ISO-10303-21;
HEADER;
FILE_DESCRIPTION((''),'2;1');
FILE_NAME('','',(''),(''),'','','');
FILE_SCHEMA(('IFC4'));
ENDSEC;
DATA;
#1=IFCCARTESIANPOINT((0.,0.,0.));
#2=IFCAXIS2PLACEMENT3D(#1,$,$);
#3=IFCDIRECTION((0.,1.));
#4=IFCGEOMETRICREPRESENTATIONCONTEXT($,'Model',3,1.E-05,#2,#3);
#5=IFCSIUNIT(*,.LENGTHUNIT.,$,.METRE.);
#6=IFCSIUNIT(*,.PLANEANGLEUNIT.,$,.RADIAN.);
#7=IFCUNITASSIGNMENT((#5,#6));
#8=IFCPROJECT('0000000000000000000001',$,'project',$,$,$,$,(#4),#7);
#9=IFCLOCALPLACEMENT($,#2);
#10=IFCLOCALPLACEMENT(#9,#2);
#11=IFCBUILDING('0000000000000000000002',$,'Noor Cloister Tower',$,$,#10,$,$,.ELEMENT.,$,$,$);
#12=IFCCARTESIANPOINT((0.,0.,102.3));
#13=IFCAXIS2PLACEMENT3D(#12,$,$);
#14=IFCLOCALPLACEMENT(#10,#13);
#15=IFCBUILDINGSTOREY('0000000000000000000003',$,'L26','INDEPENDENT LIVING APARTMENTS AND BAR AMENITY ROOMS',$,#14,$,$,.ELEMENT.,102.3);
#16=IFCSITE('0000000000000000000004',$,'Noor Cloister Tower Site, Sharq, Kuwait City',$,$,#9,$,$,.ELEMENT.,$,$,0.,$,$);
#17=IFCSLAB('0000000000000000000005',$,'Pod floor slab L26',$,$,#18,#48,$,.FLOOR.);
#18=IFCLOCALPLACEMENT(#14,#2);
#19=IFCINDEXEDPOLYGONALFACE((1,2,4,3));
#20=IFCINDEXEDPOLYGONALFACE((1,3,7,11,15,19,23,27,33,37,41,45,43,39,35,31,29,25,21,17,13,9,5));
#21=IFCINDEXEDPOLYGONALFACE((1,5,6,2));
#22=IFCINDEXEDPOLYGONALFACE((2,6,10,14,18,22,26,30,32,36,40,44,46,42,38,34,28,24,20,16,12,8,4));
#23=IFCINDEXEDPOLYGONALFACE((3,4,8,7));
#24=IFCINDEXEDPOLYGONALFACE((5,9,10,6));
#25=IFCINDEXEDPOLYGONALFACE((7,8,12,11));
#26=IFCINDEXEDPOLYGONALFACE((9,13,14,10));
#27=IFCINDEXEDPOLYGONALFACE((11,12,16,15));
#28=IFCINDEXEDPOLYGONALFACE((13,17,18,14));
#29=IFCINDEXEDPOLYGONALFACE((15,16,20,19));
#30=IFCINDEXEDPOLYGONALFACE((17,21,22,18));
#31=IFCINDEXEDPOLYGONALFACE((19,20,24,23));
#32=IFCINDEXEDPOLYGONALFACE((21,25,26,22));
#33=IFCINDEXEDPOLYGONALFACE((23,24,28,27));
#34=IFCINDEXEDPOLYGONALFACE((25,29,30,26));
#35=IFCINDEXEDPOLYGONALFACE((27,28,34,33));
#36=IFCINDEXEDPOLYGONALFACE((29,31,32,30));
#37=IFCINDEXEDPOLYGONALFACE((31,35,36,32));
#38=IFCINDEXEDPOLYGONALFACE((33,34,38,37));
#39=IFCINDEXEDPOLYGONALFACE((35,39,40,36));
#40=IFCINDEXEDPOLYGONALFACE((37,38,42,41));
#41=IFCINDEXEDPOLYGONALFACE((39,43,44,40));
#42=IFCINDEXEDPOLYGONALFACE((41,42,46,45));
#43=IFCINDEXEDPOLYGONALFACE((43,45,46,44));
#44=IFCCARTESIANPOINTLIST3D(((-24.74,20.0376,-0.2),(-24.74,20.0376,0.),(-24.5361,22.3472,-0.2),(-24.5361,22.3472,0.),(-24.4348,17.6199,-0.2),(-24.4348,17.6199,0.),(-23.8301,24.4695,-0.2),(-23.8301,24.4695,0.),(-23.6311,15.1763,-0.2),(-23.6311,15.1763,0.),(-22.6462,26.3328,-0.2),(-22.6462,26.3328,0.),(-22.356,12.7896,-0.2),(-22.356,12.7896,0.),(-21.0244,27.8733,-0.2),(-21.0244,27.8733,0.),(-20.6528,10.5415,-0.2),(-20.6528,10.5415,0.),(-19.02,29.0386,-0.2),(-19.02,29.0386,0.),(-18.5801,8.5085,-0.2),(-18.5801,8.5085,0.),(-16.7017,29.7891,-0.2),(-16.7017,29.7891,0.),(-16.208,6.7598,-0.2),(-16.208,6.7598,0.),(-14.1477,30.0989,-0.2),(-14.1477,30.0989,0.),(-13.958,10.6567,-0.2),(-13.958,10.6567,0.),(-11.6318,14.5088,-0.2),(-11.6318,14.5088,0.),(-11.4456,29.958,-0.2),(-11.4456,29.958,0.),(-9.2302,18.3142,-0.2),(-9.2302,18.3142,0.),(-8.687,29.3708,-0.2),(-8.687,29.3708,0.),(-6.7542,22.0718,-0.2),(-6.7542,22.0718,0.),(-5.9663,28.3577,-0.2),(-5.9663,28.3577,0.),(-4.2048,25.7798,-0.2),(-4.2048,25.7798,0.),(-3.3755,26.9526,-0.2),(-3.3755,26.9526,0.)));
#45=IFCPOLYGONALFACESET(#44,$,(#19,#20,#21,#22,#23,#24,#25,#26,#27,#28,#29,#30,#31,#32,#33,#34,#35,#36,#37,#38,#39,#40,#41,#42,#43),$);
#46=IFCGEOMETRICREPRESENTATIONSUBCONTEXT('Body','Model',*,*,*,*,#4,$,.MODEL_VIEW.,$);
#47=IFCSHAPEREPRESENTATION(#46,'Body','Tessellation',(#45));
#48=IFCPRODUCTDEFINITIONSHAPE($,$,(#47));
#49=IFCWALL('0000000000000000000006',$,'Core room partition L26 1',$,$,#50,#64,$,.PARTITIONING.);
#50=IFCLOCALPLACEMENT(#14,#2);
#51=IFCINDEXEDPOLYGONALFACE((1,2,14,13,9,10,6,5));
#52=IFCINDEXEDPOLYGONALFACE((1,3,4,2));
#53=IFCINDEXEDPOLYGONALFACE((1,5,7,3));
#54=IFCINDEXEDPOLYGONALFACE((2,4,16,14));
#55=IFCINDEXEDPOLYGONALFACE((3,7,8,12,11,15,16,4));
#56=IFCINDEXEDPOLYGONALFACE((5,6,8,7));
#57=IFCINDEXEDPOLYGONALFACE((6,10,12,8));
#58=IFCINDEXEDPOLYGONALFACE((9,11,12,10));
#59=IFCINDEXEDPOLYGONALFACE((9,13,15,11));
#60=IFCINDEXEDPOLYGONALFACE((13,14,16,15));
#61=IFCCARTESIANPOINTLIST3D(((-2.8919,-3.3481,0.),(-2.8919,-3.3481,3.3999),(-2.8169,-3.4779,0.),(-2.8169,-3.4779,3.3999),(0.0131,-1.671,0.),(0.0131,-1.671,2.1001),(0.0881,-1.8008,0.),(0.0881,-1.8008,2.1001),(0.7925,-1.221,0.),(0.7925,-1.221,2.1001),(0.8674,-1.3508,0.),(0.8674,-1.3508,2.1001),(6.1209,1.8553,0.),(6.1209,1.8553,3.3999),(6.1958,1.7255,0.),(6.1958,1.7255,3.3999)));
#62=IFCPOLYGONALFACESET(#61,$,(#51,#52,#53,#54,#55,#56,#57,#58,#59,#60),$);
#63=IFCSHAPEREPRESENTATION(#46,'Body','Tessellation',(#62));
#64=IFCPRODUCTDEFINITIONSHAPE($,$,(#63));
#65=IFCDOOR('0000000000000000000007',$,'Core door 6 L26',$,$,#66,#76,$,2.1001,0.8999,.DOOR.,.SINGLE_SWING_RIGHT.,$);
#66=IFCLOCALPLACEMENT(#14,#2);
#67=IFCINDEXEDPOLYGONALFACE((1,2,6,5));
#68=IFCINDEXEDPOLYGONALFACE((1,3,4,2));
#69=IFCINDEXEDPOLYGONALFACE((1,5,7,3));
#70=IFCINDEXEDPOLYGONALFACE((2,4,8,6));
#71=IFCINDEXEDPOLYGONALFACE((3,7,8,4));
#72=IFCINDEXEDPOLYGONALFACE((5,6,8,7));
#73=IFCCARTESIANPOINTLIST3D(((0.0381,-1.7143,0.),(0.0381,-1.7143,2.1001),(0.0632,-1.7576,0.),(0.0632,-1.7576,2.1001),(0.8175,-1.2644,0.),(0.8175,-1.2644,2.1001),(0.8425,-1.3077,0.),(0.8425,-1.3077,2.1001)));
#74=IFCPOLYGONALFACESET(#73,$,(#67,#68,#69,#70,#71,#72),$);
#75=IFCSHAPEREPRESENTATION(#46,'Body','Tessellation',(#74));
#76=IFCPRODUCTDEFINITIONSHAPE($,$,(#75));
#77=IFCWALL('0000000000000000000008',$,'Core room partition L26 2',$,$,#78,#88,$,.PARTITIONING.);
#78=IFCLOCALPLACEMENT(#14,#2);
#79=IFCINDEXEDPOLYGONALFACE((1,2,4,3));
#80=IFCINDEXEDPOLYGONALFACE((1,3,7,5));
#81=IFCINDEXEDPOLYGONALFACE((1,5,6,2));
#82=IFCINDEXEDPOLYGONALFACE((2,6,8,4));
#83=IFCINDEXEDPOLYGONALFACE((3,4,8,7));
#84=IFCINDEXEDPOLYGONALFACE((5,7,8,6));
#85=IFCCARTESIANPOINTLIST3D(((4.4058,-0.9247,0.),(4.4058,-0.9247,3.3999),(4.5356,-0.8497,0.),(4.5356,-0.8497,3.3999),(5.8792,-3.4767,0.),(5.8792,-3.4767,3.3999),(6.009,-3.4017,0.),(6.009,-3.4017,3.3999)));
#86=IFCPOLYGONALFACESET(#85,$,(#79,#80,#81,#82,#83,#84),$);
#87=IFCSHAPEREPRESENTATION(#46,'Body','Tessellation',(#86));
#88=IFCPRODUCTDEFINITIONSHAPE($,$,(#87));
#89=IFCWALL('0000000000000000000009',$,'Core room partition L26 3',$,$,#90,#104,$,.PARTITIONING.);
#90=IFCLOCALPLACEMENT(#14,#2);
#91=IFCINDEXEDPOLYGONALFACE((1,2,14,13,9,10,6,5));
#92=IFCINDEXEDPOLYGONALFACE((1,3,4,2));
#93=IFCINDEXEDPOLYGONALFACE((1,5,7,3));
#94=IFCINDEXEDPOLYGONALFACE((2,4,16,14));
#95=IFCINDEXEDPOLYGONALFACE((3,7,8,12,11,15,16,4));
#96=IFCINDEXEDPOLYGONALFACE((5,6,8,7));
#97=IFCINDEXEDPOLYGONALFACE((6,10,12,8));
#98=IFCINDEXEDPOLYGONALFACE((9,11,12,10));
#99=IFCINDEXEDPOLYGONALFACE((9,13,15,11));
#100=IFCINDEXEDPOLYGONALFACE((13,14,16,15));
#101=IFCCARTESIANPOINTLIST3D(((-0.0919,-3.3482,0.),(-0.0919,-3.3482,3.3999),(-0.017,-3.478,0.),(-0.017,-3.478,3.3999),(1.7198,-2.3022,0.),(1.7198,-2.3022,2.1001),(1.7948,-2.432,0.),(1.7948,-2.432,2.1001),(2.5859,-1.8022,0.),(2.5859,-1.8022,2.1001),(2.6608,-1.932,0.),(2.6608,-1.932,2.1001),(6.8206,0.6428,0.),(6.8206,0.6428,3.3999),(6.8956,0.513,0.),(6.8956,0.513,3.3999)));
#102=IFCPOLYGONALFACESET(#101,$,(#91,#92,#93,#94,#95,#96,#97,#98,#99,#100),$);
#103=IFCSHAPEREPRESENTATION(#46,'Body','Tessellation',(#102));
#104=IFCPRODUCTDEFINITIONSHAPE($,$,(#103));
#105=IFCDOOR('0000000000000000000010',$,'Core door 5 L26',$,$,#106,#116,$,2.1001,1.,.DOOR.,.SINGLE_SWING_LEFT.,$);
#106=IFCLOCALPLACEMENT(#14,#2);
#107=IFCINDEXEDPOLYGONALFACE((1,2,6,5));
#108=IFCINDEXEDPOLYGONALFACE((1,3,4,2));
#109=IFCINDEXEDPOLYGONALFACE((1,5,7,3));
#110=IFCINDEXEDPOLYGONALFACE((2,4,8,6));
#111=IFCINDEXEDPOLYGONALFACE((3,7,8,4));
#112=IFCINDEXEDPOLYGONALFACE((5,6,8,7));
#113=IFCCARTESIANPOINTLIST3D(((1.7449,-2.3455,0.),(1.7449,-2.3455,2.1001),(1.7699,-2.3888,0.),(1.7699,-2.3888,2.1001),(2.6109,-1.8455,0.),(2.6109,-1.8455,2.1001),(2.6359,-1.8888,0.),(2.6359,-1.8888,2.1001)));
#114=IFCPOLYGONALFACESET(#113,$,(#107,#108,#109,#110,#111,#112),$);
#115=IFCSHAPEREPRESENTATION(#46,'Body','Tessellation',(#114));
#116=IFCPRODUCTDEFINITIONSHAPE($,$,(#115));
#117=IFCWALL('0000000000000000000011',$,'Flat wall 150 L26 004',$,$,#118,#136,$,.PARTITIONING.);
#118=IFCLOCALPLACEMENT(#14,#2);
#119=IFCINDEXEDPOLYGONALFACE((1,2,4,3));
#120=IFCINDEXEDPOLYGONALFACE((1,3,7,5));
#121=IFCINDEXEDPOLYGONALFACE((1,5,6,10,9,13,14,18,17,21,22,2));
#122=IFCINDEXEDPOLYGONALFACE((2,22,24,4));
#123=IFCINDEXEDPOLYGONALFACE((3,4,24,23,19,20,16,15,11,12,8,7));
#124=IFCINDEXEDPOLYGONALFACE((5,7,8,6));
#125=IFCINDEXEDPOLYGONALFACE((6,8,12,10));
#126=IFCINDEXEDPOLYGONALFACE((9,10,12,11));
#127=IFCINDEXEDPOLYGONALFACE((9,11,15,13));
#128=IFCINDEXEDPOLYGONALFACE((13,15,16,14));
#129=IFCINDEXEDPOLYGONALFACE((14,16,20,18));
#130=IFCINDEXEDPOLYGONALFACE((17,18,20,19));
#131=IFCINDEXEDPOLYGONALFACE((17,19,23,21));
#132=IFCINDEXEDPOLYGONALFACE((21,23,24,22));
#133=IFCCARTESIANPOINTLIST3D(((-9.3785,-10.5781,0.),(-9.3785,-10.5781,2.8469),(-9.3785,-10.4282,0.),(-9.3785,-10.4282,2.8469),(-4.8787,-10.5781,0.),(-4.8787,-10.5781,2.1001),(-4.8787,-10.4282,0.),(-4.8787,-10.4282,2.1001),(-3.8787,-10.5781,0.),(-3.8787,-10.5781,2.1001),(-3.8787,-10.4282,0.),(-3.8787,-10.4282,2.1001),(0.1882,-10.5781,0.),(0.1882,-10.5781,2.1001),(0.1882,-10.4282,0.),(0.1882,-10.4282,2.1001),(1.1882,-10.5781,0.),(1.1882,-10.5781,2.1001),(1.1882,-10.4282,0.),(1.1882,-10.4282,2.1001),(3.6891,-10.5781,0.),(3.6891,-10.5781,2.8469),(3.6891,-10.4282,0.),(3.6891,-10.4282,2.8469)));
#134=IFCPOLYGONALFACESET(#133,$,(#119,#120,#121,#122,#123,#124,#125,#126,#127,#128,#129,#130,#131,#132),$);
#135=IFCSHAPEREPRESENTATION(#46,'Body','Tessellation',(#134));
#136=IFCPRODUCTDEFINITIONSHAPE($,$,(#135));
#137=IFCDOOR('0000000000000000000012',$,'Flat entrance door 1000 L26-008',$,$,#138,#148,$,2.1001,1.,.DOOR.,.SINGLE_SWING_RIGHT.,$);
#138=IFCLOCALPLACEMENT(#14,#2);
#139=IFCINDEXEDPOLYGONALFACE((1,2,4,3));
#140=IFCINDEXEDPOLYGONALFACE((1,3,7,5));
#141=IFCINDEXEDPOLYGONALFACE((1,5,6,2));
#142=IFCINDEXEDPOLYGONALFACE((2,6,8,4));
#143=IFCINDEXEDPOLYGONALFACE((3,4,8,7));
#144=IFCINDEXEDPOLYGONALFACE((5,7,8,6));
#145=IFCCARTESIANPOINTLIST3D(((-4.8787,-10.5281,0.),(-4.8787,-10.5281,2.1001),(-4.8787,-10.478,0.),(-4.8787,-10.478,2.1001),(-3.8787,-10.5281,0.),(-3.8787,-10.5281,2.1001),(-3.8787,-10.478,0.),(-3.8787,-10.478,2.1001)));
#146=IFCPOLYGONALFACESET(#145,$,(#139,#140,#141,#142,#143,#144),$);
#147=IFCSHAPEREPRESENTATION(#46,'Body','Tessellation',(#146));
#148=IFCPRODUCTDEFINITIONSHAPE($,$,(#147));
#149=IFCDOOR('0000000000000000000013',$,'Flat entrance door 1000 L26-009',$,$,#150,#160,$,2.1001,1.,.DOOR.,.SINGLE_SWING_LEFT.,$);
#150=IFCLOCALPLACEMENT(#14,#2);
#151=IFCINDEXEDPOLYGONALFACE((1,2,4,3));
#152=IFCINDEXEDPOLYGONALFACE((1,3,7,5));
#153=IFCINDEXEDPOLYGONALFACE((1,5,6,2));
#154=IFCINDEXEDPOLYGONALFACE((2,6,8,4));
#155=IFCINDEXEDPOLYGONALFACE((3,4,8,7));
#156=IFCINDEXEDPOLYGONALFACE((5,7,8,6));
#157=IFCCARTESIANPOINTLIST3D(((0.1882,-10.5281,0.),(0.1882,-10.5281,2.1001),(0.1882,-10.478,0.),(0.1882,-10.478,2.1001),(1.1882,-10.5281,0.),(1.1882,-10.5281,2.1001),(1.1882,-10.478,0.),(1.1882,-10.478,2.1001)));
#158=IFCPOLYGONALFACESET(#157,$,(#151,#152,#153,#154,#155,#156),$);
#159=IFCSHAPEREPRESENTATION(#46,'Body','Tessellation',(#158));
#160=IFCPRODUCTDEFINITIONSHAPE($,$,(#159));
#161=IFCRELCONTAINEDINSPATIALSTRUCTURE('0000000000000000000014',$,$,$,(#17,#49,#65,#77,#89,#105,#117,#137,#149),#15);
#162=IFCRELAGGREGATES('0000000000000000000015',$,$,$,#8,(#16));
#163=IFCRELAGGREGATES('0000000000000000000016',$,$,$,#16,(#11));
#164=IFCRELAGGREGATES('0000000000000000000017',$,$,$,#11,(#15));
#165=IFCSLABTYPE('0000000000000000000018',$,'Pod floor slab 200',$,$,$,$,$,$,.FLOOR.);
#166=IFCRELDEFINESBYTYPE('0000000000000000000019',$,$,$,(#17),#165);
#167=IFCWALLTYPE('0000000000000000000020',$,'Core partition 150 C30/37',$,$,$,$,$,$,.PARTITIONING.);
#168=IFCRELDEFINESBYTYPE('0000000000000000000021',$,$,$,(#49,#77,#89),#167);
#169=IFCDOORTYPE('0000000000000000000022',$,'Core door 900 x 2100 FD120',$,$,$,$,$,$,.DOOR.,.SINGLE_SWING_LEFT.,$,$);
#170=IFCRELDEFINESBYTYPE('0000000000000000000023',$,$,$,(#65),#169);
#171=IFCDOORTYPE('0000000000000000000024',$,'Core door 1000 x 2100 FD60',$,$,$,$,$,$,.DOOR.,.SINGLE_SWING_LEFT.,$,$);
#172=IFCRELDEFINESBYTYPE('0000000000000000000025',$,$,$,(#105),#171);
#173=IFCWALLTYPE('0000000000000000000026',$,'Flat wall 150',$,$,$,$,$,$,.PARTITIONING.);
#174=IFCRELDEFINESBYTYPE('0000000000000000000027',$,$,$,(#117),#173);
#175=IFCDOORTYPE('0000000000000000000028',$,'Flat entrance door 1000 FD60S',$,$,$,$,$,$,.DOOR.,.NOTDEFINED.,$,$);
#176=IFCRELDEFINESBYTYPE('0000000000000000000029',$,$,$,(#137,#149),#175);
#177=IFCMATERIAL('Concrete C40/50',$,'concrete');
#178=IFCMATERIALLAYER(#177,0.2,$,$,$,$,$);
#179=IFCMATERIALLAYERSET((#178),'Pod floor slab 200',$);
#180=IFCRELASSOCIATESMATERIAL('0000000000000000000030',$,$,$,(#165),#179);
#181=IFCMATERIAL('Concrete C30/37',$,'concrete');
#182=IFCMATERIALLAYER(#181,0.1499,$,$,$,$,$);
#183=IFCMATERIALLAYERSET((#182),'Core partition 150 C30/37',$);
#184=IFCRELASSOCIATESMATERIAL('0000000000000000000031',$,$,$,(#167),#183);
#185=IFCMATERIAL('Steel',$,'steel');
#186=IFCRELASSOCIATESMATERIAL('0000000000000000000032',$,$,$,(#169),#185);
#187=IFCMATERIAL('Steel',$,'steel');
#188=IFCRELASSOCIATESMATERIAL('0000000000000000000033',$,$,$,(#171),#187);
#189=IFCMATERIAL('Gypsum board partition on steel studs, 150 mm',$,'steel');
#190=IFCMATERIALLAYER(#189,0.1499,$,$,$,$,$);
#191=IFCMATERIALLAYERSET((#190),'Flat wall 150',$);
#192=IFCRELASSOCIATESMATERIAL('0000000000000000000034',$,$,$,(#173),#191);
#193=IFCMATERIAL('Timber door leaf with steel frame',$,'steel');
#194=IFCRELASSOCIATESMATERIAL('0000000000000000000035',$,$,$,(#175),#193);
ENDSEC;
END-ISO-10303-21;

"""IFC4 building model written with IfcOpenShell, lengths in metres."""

from ifc_helpers import new_model, si_unit, direction, frame, frame_2d, origin, place, context, subcontext, project, spatial, polyline, rectangle, outline, extrude, material, layer, layer_set, type_object, element, fill, save


model = new_model("IFC4")

# Units and contexts
model_context = context("Model", 3, precision=1e-05, world=origin(), true_north=direction((0.0, 1.0)))
body_context = subcontext(model_context, "Body", "Model", "MODEL_VIEW")
ifc_project = project(units=[si_unit("LENGTHUNIT", "METRE"), si_unit("PLANEANGLEUNIT", "RADIAN")], contexts=[model_context])

# Site, building, storey
site_placement = place(None, origin())
site = spatial("IfcSite", under=ifc_project, at=site_placement, Name="Noor Cloister Tower Site, Sharq, Kuwait City", CompositionType="ELEMENT", RefElevation=0.0)
building_placement = place(site_placement, origin())
building = spatial("IfcBuilding", under=site, at=building_placement, Name="Noor Cloister Tower", CompositionType="ELEMENT")
storey_placement = place(building_placement, frame((0.0, 0.0, 102.3)))
storey = spatial("IfcBuildingStorey", under=building, at=storey_placement, Name="L26", Description="INDEPENDENT LIVING APARTMENTS AND BAR AMENITY ROOMS", CompositionType="ELEMENT", Elevation=102.3)

# Slab
ifc_material_1 = material(Name="Concrete C40/50", Category="concrete")
ifc_layer_1 = layer(ifc_material_1, 0.2)
ifc_layer_set_1 = layer_set([ifc_layer_1], Name="Pod floor slab 200")
slab_type_1 = type_object("IfcSlabType", Name="Pod floor slab 200", PredefinedType="FLOOR", material=ifc_layer_set_1)
slab_1_placement = place(storey_placement, frame((0.0, 0.0, -0.2)))
element("IfcSlab", 1, at=slab_1_placement, inside=storey, type_object=slab_type_1, Name="Pod floor slab L26", PredefinedType="FLOOR", context=body_context, shape_type="SweptSolid", body=[
    extrude(outline(polyline([(-3.3755, 26.9526), (-5.9663, 28.3577), (-8.687, 29.3708), (-11.4456, 29.958), (-14.1477, 30.0989), (-16.7017, 29.7891), (-19.02, 29.0386), (-21.0244, 27.8733), (-22.6462, 26.3328), (-23.8301, 24.4695), (-24.5361, 22.3472), (-24.74, 20.0376), (-24.4348, 17.6199), (-23.6311, 15.1763), (-22.356, 12.7896), (-20.6528, 10.5415), (-18.5801, 8.5085), (-16.208, 6.7598), (-13.958, 10.6567), (-11.6318, 14.5088), (-9.2302, 18.3142), (-6.7542, 22.0718), (-4.2048, 25.7798), (-3.3755, 26.9526)])), origin(), (0.0, 0.0, 1.0), 0.2),
])

# Wall, opening, door
ifc_material_2 = material(Name="Concrete C30/37", Category="concrete")
ifc_layer_2 = layer(ifc_material_2, 0.1499)
ifc_layer_set_2 = layer_set([ifc_layer_2], Name="Core partition 150 C30/37")
wall_type_1 = type_object("IfcWallType", Name="Core partition 150 C30/37", PredefinedType="PARTITIONING", material=ifc_layer_set_2)
wall_1_placement = place(storey_placement, frame((-2.8545, -3.4131, 0.0), z_axis=(0.0, 0.0, 1.0), x_axis=(0.86603, 0.499992, 0.0)))
wall_1 = element("IfcWall", 2, at=wall_1_placement, inside=storey, type_object=wall_type_1, Name="Core room partition L26 1", PredefinedType="PARTITIONING", context=body_context, shape_type="SweptSolid", body=[
    extrude(rectangle(XDim=10.407, YDim=0.1499, at=frame_2d((5.2036, 0.0))), origin(), (0.0, 0.0, 1.0), 3.3999),
])
opening_1_placement = place(wall_1_placement, frame((3.3545, 0.0, 0.0)))
opening_1 = element("IfcOpeningElement", 3, at=opening_1_placement, cuts=wall_1, PredefinedType="OPENING", context=body_context, shape_type="SweptSolid", body=[
    extrude(rectangle(XDim=0.8999, YDim=2.1001, at=frame_2d((0.45, 1.05))), frame((0.0, 0.085, 0.0), z_axis=(0.0, -1.0, 0.0), x_axis=(1.0, 0.0, 0.0)), (0.0, 0.0, 1.0), 0.1699),
])
ifc_material_3 = material(Name="Steel", Category="steel")
door_type_1 = type_object("IfcDoorType", Name="Core door 900 x 2100 FD120", OperationType="SINGLE_SWING_LEFT", PredefinedType="DOOR", material=ifc_material_3)
door_1_placement = place(opening_1_placement, origin())
door_1 = element("IfcDoor", 4, at=door_1_placement, inside=storey, type_object=door_type_1, Name="Core door 6 L26", OperationType="SINGLE_SWING_RIGHT", OverallHeight=2.1001, OverallWidth=0.8999, PredefinedType="DOOR", context=body_context, shape_type="SweptSolid", body=[
    extrude(rectangle(XDim=0.8999, YDim=2.1001, at=frame_2d((0.45, 1.05))), frame((0.0, 0.0249, 0.0), z_axis=(0.0, -1.0, 0.0), x_axis=(1.0, 0.0, 0.0)), (0.0, 0.0, 1.0), 0.05),
])
fill(opening_1, door_1)

# Wall
wall_2_placement = place(storey_placement, frame((5.9441, -3.4392, 0.0), z_axis=(0.0, 0.0, 1.0), x_axis=(-0.499997, 0.866027, 0.0)))
element("IfcWall", 5, at=wall_2_placement, inside=storey, type_object=wall_type_1, Name="Core room partition L26 2", PredefinedType="PARTITIONING", context=body_context, shape_type="SweptSolid", body=[
    extrude(rectangle(XDim=2.9468, YDim=0.1499, at=frame_2d((1.4734, 0.0))), origin(), (0.0, 0.0, 1.0), 3.3999),
])

# Wall, opening, door
wall_3_placement = place(storey_placement, frame((-0.0544, -3.4131, 0.0), z_axis=(0.0, 0.0, 1.0), x_axis=(0.866027, 0.499998, 0.0)))
wall_3 = element("IfcWall", 6, at=wall_3_placement, inside=storey, type_object=wall_type_1, Name="Core room partition L26 3", PredefinedType="PARTITIONING", context=body_context, shape_type="SweptSolid", body=[
    extrude(rectangle(XDim=7.9819, YDim=0.1499, at=frame_2d((3.991, 0.0))), origin(), (0.0, 0.0, 1.0), 3.3999),
])
opening_2_placement = place(wall_3_placement, frame((2.092, 0.0, 0.0)))
opening_2 = element("IfcOpeningElement", 7, at=opening_2_placement, cuts=wall_3, PredefinedType="OPENING", context=body_context, shape_type="SweptSolid", body=[
    extrude(rectangle(XDim=1.0, YDim=2.1001, at=frame_2d((0.5, 1.05))), frame((0.0, 0.085, 0.0), z_axis=(0.0, -1.0, 0.0), x_axis=(1.0, 0.0, 0.0)), (0.0, 0.0, 1.0), 0.1699),
])
ifc_material_4 = material(Name="Steel", Category="steel")
door_type_2 = type_object("IfcDoorType", Name="Core door 1000 x 2100 FD60", OperationType="SINGLE_SWING_LEFT", PredefinedType="DOOR", material=ifc_material_4)
door_2_placement = place(opening_2_placement, origin())
door_2 = element("IfcDoor", 8, at=door_2_placement, inside=storey, type_object=door_type_2, Name="Core door 5 L26", OperationType="SINGLE_SWING_LEFT", OverallHeight=2.1001, OverallWidth=1.0, PredefinedType="DOOR", context=body_context, shape_type="SweptSolid", body=[
    extrude(rectangle(XDim=1.0, YDim=2.1001, at=frame_2d((0.5, 1.05))), frame((0.0, 0.0249, 0.0), z_axis=(0.0, -1.0, 0.0), x_axis=(1.0, 0.0, 0.0)), (0.0, 0.0, 1.0), 0.05),
])
fill(opening_2, door_2)

# Wall, openings, doors
ifc_material_5 = material(Name="Gypsum board partition on steel studs, 150 mm", Category="steel")
ifc_layer_3 = layer(ifc_material_5, 0.1499)
ifc_layer_set_3 = layer_set([ifc_layer_3], Name="Flat wall 150")
wall_type_2 = type_object("IfcWallType", Name="Flat wall 150", PredefinedType="PARTITIONING", material=ifc_layer_set_3)
wall_4_placement = place(storey_placement, frame((3.689, -10.5032, 0.0), z_axis=(0.0, 0.0, 1.0), x_axis=(-1.0, 0.0, 0.0)))
wall_4 = element("IfcWall", 9, at=wall_4_placement, inside=storey, type_object=wall_type_2, Name="Flat wall 150 L26 004", PredefinedType="PARTITIONING", context=body_context, shape_type="SweptSolid", body=[
    extrude(rectangle(XDim=13.0676, YDim=0.1499, at=frame_2d((6.5337, 0.0))), origin(), (0.0, 0.0, 1.0), 2.8469),
])
opening_3_placement = place(wall_4_placement, frame((7.5676, 0.0, 0.0)))
opening_3 = element("IfcOpeningElement", 10, at=opening_3_placement, cuts=wall_4, PredefinedType="OPENING", context=body_context, shape_type="SweptSolid", body=[
    extrude(rectangle(XDim=1.0, YDim=2.1001, at=frame_2d((0.5, 1.05))), frame((0.0, 0.085, 0.0), z_axis=(0.0, -1.0, 0.0), x_axis=(1.0, 0.0, 0.0)), (0.0, 0.0, 1.0), 0.1699),
])
opening_4_placement = place(wall_4_placement, frame((2.5007, 0.0, 0.0)))
opening_4 = element("IfcOpeningElement", 11, at=opening_4_placement, cuts=wall_4, PredefinedType="OPENING", context=body_context, shape_type="SweptSolid", body=[
    extrude(rectangle(XDim=1.0, YDim=2.1001, at=frame_2d((0.5, 1.05))), frame((0.0, 0.085, 0.0), z_axis=(0.0, -1.0, 0.0), x_axis=(1.0, 0.0, 0.0)), (0.0, 0.0, 1.0), 0.1699),
])
ifc_material_6 = material(Name="Timber door leaf with steel frame", Category="steel")
door_type_3 = type_object("IfcDoorType", Name="Flat entrance door 1000 FD60S", OperationType="NOTDEFINED", PredefinedType="DOOR", material=ifc_material_6)
door_3_placement = place(opening_3_placement, origin())
door_3 = element("IfcDoor", 12, at=door_3_placement, inside=storey, type_object=door_type_3, Name="Flat entrance door 1000 L26-008", OperationType="SINGLE_SWING_RIGHT", OverallHeight=2.1001, OverallWidth=1.0, PredefinedType="DOOR", context=body_context, shape_type="SweptSolid", body=[
    extrude(rectangle(XDim=1.0, YDim=2.1001, at=frame_2d((0.5, 1.05))), frame((0.0, 0.0249, 0.0), z_axis=(0.0, -1.0, 0.0), x_axis=(1.0, 0.0, 0.0)), (0.0, 0.0, 1.0), 0.05),
])
fill(opening_3, door_3)
door_4_placement = place(opening_4_placement, origin())
door_4 = element("IfcDoor", 13, at=door_4_placement, inside=storey, type_object=door_type_3, Name="Flat entrance door 1000 L26-009", OperationType="SINGLE_SWING_LEFT", OverallHeight=2.1001, OverallWidth=1.0, PredefinedType="DOOR", context=body_context, shape_type="SweptSolid", body=[
    extrude(rectangle(XDim=1.0, YDim=2.1001, at=frame_2d((0.5, 1.05))), frame((0.0, 0.0249, 0.0), z_axis=(0.0, -1.0, 0.0), x_axis=(1.0, 0.0, 0.0)), (0.0, 0.0, 1.0), 0.05),
])
fill(opening_4, door_4)

save(model, "model.ifc")
